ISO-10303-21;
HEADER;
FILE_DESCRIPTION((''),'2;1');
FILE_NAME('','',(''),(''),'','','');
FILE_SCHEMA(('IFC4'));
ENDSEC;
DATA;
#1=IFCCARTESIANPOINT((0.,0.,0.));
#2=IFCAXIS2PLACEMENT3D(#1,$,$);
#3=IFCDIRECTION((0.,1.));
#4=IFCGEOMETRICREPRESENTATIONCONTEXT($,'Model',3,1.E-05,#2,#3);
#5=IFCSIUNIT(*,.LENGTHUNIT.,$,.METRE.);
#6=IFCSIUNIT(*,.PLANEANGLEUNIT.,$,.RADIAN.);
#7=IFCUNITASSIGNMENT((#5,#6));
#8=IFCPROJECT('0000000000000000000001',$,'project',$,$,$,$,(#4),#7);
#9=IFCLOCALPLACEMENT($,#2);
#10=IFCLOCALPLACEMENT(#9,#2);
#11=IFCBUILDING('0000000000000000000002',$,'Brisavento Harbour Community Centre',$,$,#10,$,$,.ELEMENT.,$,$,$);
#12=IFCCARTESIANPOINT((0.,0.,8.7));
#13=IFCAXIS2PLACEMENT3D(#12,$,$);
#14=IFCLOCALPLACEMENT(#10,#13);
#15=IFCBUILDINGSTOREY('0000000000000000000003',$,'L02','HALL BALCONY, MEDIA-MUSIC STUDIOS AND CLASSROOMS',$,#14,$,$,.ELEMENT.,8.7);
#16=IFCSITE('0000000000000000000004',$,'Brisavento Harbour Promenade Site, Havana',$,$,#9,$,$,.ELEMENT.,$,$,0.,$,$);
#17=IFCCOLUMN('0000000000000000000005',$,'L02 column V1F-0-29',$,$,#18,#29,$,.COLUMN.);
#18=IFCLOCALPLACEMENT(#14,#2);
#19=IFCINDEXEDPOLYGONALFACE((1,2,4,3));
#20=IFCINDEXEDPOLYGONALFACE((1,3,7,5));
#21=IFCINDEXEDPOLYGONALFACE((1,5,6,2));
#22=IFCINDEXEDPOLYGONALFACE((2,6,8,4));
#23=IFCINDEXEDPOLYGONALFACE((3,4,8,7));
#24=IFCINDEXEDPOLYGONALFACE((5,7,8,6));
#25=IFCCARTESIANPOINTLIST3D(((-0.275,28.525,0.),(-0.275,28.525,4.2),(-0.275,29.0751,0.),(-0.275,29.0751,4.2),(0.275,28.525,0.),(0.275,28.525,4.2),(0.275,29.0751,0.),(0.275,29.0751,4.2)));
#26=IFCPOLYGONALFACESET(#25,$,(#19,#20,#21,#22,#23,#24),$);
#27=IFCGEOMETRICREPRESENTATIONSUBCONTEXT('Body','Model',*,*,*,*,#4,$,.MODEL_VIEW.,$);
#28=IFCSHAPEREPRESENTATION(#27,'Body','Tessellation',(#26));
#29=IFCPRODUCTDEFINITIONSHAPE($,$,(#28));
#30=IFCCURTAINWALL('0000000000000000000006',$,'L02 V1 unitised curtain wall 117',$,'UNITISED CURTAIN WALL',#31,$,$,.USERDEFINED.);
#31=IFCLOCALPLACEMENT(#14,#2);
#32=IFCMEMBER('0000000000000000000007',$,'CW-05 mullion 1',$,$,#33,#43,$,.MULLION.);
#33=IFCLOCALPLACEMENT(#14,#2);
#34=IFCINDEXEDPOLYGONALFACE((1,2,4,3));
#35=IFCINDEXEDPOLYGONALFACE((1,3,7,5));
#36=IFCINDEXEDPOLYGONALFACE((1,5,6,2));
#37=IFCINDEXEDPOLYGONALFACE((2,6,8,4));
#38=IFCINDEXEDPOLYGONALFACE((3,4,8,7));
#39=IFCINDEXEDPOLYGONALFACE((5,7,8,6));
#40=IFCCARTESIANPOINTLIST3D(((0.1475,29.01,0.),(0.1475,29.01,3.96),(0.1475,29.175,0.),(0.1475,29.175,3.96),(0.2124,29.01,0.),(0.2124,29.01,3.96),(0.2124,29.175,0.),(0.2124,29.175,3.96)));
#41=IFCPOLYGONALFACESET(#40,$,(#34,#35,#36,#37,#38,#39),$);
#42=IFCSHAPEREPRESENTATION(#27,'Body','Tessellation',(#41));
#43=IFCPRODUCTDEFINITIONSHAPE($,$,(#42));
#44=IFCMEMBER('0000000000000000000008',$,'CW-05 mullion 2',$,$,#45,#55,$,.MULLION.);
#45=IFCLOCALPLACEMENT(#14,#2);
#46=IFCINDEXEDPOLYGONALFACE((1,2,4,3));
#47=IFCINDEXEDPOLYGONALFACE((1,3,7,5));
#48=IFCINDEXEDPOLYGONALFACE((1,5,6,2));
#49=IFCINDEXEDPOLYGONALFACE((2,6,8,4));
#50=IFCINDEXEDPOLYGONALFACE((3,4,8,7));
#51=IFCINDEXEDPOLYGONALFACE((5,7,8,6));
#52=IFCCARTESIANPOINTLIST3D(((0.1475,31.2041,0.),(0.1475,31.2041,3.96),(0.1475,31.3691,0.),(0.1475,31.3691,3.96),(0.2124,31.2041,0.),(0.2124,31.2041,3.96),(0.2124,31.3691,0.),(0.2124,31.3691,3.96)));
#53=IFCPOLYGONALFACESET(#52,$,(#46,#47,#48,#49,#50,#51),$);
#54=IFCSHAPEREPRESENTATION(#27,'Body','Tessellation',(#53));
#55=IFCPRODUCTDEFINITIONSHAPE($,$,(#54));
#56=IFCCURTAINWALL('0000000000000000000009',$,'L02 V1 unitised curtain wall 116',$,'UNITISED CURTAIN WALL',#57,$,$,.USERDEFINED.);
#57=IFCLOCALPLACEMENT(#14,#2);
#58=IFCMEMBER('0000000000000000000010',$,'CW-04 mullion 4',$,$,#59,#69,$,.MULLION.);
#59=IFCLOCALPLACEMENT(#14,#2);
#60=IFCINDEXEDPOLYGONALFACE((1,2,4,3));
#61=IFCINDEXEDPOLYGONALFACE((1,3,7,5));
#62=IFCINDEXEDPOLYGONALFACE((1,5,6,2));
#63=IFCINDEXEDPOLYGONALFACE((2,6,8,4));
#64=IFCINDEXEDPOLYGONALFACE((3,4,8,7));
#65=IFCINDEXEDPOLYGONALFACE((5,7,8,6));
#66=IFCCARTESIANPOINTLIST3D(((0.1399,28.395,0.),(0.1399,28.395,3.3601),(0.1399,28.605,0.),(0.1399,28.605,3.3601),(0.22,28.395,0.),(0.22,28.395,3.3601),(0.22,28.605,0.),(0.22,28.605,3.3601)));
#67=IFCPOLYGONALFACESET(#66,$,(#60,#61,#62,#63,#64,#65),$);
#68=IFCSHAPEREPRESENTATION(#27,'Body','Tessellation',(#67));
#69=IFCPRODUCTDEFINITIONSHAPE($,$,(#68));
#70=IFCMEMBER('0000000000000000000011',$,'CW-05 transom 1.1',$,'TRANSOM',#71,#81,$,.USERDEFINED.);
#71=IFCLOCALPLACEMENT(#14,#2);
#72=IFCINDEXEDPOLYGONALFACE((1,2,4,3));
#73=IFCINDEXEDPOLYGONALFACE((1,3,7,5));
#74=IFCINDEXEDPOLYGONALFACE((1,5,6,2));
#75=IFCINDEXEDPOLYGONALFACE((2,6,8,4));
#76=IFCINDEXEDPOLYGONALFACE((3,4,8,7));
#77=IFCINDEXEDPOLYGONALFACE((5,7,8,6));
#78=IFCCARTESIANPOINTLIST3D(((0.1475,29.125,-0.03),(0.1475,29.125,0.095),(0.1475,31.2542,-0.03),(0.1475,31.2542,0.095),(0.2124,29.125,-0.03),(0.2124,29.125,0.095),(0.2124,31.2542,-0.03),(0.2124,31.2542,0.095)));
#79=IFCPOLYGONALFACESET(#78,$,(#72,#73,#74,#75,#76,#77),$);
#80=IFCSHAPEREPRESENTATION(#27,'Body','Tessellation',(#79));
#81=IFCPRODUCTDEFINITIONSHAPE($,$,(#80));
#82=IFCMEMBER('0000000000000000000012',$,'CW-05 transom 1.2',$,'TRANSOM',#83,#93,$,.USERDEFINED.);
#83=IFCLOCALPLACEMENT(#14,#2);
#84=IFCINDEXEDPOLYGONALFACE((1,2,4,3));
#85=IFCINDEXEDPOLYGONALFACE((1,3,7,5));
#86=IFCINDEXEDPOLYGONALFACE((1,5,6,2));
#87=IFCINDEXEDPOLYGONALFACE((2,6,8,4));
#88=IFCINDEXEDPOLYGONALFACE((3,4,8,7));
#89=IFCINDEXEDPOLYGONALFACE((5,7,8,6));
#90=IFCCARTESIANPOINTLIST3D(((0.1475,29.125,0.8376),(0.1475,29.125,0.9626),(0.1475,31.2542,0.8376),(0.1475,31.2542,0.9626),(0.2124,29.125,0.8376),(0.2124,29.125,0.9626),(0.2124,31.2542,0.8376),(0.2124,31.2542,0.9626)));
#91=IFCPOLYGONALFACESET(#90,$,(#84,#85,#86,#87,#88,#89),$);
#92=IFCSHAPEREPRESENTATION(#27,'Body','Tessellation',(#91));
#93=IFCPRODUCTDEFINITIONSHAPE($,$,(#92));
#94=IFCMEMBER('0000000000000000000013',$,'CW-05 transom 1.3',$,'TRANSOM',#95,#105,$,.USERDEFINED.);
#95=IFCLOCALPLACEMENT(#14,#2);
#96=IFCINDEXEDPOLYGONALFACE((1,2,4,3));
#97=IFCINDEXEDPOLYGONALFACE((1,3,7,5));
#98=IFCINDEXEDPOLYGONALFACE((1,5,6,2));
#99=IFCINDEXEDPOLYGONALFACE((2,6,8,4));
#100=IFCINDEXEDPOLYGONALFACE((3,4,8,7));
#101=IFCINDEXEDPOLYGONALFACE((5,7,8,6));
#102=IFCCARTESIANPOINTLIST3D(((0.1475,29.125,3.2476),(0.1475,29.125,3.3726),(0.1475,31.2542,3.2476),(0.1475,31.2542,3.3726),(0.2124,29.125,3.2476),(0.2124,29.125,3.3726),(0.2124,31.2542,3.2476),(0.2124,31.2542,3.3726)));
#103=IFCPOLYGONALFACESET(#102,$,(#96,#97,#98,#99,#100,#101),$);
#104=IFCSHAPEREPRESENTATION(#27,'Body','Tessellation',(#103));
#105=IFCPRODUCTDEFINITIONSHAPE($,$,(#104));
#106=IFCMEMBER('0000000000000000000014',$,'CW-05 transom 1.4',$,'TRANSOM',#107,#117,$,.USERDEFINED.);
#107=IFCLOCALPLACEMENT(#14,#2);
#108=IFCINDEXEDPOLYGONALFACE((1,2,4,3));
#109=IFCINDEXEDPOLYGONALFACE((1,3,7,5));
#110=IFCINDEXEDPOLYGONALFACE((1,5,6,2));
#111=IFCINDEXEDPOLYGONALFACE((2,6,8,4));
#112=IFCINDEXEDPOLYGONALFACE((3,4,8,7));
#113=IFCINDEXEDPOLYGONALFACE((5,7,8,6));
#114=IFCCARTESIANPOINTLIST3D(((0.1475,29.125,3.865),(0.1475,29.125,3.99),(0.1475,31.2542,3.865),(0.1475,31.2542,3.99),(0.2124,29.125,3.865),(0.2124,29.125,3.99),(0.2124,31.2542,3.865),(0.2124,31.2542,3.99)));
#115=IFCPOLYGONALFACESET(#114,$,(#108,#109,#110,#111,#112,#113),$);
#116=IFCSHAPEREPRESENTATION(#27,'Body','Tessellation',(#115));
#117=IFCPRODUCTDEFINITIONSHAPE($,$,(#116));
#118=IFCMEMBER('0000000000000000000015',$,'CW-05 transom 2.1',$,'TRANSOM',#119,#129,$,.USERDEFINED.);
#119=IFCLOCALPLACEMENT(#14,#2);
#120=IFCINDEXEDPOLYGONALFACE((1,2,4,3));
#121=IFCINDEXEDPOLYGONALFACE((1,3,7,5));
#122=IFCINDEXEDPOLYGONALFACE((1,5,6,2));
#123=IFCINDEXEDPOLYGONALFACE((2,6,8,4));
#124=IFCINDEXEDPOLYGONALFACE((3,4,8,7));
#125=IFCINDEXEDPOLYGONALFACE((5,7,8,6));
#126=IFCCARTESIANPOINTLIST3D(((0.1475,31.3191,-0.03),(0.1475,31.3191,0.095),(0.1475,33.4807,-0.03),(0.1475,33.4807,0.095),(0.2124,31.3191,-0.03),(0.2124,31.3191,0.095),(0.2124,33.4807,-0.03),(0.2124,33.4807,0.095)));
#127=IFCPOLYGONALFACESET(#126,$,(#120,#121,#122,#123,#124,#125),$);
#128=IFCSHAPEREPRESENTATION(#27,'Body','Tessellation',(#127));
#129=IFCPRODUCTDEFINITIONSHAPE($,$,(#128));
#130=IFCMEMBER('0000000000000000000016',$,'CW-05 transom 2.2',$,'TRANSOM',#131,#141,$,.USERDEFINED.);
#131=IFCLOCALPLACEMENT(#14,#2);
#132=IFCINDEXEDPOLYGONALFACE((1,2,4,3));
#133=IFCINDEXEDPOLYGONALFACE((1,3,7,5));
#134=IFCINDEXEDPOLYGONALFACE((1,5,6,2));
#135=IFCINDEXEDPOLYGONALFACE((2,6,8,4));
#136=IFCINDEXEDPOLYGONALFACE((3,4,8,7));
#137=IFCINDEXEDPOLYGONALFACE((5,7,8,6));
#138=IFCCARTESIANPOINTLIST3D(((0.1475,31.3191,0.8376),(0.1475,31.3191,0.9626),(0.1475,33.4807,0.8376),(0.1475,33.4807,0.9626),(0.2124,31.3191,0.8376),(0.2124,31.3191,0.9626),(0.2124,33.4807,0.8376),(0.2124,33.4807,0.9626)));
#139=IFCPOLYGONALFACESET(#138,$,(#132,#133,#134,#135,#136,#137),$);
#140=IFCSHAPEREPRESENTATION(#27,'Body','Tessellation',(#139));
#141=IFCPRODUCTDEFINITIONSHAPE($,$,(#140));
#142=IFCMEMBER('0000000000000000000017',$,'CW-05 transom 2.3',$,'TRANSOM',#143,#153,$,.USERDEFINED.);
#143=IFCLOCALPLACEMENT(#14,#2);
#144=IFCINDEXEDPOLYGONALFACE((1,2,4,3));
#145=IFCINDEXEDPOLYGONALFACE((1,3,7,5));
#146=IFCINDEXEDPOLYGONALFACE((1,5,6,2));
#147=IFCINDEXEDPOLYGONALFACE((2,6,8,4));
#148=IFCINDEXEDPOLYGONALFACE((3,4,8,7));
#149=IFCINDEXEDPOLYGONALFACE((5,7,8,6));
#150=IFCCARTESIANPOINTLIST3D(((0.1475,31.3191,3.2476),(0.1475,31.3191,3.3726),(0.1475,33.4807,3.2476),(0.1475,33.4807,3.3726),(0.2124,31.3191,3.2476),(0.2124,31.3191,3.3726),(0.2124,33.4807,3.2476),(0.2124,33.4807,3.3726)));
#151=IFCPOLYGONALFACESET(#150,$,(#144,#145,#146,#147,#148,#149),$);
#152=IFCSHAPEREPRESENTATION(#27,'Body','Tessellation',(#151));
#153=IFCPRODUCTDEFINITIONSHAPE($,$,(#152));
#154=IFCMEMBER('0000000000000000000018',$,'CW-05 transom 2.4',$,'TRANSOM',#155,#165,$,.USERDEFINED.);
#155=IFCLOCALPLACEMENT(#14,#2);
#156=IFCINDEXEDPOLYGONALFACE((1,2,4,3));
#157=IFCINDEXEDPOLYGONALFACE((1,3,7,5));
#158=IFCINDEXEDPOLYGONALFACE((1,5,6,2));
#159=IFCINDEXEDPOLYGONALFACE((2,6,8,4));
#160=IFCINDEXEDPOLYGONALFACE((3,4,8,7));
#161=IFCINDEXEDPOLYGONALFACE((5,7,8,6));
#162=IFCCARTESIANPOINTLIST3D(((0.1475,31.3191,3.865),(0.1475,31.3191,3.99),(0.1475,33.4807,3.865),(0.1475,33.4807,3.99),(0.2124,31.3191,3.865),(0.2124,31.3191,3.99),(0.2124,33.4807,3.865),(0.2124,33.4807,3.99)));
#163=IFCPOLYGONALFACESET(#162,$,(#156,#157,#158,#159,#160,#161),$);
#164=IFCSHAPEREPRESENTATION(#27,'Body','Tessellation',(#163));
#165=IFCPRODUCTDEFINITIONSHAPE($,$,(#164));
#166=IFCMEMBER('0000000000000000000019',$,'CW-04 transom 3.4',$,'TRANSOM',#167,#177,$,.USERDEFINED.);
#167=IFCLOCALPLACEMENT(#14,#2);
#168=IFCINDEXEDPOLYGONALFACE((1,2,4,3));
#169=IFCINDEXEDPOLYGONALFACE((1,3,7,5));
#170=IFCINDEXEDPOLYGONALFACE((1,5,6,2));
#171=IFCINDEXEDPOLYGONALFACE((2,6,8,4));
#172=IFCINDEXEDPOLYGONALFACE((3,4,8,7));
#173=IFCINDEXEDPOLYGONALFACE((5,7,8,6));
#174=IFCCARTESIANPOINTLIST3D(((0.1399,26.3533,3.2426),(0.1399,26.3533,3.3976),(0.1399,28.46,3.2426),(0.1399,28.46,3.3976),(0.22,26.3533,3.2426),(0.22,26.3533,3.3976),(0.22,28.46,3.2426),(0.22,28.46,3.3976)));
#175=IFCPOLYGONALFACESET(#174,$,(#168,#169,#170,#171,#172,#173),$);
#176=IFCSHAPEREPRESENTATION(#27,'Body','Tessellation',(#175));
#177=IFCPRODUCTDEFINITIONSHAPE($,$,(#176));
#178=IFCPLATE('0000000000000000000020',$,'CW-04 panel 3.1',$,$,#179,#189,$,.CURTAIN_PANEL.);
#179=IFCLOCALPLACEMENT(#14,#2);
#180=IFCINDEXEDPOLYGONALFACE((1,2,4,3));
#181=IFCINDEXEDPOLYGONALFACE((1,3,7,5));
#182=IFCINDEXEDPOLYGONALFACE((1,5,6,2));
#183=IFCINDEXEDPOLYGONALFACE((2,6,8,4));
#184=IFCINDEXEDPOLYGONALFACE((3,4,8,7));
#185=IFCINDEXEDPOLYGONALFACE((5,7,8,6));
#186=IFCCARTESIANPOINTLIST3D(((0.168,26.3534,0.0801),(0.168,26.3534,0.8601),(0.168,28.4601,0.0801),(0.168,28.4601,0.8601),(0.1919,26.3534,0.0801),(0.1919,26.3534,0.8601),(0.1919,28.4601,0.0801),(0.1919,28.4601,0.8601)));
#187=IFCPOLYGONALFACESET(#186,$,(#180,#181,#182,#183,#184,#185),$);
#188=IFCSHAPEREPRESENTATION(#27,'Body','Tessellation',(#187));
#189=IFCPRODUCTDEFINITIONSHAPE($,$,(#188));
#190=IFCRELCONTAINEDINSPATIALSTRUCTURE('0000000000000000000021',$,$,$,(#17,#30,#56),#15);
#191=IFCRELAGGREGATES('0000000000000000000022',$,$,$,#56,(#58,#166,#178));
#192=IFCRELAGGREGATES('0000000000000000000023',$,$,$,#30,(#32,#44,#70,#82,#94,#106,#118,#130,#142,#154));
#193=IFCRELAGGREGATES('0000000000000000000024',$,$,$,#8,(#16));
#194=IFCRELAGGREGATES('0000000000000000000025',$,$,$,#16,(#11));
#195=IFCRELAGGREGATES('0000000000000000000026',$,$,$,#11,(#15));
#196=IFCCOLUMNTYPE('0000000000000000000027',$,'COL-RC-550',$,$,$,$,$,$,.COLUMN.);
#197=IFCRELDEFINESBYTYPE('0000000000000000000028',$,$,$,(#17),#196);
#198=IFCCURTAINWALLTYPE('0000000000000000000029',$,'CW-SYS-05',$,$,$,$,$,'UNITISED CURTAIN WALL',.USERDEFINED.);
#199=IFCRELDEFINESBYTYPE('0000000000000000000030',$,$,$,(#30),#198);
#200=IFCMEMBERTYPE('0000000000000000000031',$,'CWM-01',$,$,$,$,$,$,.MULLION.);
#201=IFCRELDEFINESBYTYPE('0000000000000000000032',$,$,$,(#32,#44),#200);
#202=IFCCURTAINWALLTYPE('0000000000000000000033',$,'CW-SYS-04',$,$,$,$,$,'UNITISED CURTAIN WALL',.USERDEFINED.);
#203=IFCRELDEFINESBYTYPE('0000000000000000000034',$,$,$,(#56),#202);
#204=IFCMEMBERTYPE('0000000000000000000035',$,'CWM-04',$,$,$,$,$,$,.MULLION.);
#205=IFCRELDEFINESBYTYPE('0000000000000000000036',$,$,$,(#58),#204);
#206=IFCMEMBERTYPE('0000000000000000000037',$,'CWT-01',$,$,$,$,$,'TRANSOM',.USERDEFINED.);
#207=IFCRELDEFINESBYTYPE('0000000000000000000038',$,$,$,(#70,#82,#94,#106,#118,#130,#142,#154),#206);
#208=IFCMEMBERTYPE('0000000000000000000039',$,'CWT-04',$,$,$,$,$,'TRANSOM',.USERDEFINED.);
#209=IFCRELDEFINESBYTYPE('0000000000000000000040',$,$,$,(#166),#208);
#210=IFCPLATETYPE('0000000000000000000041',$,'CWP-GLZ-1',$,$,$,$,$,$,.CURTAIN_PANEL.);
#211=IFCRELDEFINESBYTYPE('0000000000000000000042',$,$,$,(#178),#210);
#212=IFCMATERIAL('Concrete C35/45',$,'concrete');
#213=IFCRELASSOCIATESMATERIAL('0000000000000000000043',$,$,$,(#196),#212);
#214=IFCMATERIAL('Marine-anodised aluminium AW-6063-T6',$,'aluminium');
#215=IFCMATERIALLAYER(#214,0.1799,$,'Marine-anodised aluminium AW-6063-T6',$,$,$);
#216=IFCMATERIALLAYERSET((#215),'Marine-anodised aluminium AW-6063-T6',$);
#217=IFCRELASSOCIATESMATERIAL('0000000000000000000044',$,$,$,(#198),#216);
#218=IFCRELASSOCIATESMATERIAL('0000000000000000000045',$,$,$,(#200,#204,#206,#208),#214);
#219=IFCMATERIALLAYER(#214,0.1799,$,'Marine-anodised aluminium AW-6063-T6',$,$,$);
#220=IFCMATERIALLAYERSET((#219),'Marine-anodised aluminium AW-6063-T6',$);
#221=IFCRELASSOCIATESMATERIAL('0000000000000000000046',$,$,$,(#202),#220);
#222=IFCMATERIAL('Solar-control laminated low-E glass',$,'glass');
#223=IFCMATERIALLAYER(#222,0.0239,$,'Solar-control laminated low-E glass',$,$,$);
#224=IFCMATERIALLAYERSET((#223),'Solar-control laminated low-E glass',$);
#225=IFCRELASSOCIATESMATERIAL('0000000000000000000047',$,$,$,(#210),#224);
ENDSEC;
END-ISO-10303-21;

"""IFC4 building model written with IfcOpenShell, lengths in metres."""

from ifc_helpers import new_model, si_unit, direction, frame, origin, origin_2d, place, context, subcontext, project, spatial, rectangle, extrude, material, layer, layer_set, material_profile, profile_set, type_object, element, aggregate, save


model = new_model("IFC4")

# Units and contexts
model_context = context("Model", 3, precision=1e-05, world=origin(), true_north=direction((0.0, 1.0)))
body_context = subcontext(model_context, "Body", "Model", "MODEL_VIEW")
ifc_project = project(units=[si_unit("LENGTHUNIT", "METRE"), si_unit("PLANEANGLEUNIT", "RADIAN")], contexts=[model_context])

# Site, building, storey
site_placement = place(None, origin())
site = spatial("IfcSite", under=ifc_project, at=site_placement, Name="Brisavento Harbour Promenade Site, Havana", CompositionType="ELEMENT", RefElevation=0.0)
building_placement = place(site_placement, origin())
building = spatial("IfcBuilding", under=site, at=building_placement, Name="Brisavento Harbour Community Centre", CompositionType="ELEMENT")
storey_placement = place(building_placement, frame((0.0, 0.0, 8.7)))
storey = spatial("IfcBuildingStorey", under=building, at=storey_placement, Name="L02", Description="HALL BALCONY, MEDIA-MUSIC STUDIOS AND CLASSROOMS", CompositionType="ELEMENT", Elevation=8.7)

# Column
ifc_material_1 = material(Name="Concrete C35/45", Category="concrete")
ifc_material_profile_1 = material_profile(ifc_material_1, rectangle(XDim=0.55, YDim=0.55, at=origin_2d()), Name="Concrete C35/45")
ifc_profile_set_1 = profile_set([ifc_material_profile_1], Name="Concrete C35/45")
column_type = type_object("IfcColumnType", Name="COL-RC-550", PredefinedType="COLUMN", material=ifc_profile_set_1)
column_placement = place(storey_placement, frame((0.0, 28.8, 0.0), z_axis=(0.0, 0.0, 1.0), x_axis=(1.0, 0.0, 0.0)))
element("IfcColumn", 1, at=column_placement, inside=storey, type_object=column_type, Name="L02 column V1F-0-29", PredefinedType="COLUMN", context=body_context, shape_type="SweptSolid", body=[
    extrude(rectangle(XDim=0.55, YDim=0.55, at=origin_2d()), origin(), (0.0, 0.0, 1.0), 4.2),
])

# Curtain wall, members
ifc_material_2 = material(Name="Marine-anodised aluminium AW-6063-T6", Category="aluminium")
ifc_layer_1 = layer(ifc_material_2, 0.1799, Name="Marine-anodised aluminium AW-6063-T6")
ifc_layer_set_1 = layer_set([ifc_layer_1], Name="Marine-anodised aluminium AW-6063-T6")
curtain_wall_type_1 = type_object("IfcCurtainWallType", Name="CW-SYS-05", ElementType="UNITISED CURTAIN WALL", PredefinedType="USERDEFINED", material=ifc_layer_set_1)
curtain_wall_1_placement = place(storey_placement, origin())
curtain_wall_1 = element("IfcCurtainWall", 2, at=curtain_wall_1_placement, inside=storey, type_object=curtain_wall_type_1, Name="L02 V1 unitised curtain wall 117", ObjectType="UNITISED CURTAIN WALL", PredefinedType="USERDEFINED")
ifc_material_profile_2 = material_profile(ifc_material_2, rectangle(XDim=0.0649, YDim=0.165, at=origin_2d()), Name="Marine-anodised aluminium AW-6063-T6")
ifc_profile_set_2 = profile_set([ifc_material_profile_2], Name="Marine-anodised aluminium AW-6063-T6")
member_type_1 = type_object("IfcMemberType", Name="CWM-01", PredefinedType="MULLION", material=ifc_profile_set_2)
member_1_placement = place(storey_placement, frame((0.1799, 29.0925, 0.0), z_axis=(0.0, 0.0, 1.0), x_axis=(-1.0, 0.0, 0.0)))
member_1 = element("IfcMember", 3, at=member_1_placement, type_object=member_type_1, Name="CW-05 mullion 1", PredefinedType="MULLION", context=body_context, shape_type="SweptSolid", body=[
    extrude(rectangle(XDim=0.0649, YDim=0.165, at=origin_2d()), origin(), (0.0, 0.0, 1.0), 3.96),
])
member_2_placement = place(storey_placement, frame((0.1799, 31.2866, 0.0), z_axis=(0.0, 0.0, 1.0), x_axis=(-1.0, 0.0, 0.0)))
member_2 = element("IfcMember", 4, at=member_2_placement, type_object=member_type_1, Name="CW-05 mullion 2", PredefinedType="MULLION", context=body_context, shape_type="SweptSolid", body=[
    extrude(rectangle(XDim=0.0649, YDim=0.165, at=origin_2d()), origin(), (0.0, 0.0, 1.0), 3.96),
])

# Curtain wall, member
ifc_layer_2 = layer(ifc_material_2, 0.1799, Name="Marine-anodised aluminium AW-6063-T6")
ifc_layer_set_2 = layer_set([ifc_layer_2], Name="Marine-anodised aluminium AW-6063-T6")
curtain_wall_type_2 = type_object("IfcCurtainWallType", Name="CW-SYS-04", ElementType="UNITISED CURTAIN WALL", PredefinedType="USERDEFINED", material=ifc_layer_set_2)
curtain_wall_2_placement = place(storey_placement, origin())
curtain_wall_2 = element("IfcCurtainWall", 5, at=curtain_wall_2_placement, inside=storey, type_object=curtain_wall_type_2, Name="L02 V1 unitised curtain wall 116", ObjectType="UNITISED CURTAIN WALL", PredefinedType="USERDEFINED")
ifc_material_profile_3 = material_profile(ifc_material_2, rectangle(XDim=0.0801, YDim=0.21, at=origin_2d()), Name="Marine-anodised aluminium AW-6063-T6")
ifc_profile_set_3 = profile_set([ifc_material_profile_3], Name="Marine-anodised aluminium AW-6063-T6")
member_type_2 = type_object("IfcMemberType", Name="CWM-04", PredefinedType="MULLION", material=ifc_profile_set_3)
member_3_placement = place(storey_placement, frame((0.1799, 28.5, 0.0), z_axis=(0.0, 0.0, 1.0), x_axis=(-1.0, 0.0, 0.0)))
member_3 = element("IfcMember", 6, at=member_3_placement, type_object=member_type_2, Name="CW-04 mullion 4", PredefinedType="MULLION", context=body_context, shape_type="SweptSolid", body=[
    extrude(rectangle(XDim=0.0801, YDim=0.21, at=origin_2d()), origin(), (0.0, 0.0, 1.0), 3.3601),
])

# Members
ifc_material_profile_4 = material_profile(ifc_material_2, rectangle(XDim=0.0649, YDim=0.125, at=origin_2d()), Name="Marine-anodised aluminium AW-6063-T6")
ifc_profile_set_4 = profile_set([ifc_material_profile_4], Name="Marine-anodised aluminium AW-6063-T6")
member_type_3 = type_object("IfcMemberType", Name="CWT-01", ElementType="TRANSOM", PredefinedType="USERDEFINED", material=ifc_profile_set_4)
member_4_placement = place(storey_placement, frame((0.1799, 29.125, 0.0325), z_axis=(0.0, 1.0, 0.0), x_axis=(-1.0, 0.0, 0.0)))
member_4 = element("IfcMember", 7, at=member_4_placement, type_object=member_type_3, Name="CW-05 transom 1.1", ObjectType="TRANSOM", PredefinedType="USERDEFINED", context=body_context, shape_type="SweptSolid", body=[
    extrude(rectangle(XDim=0.0649, YDim=0.125, at=origin_2d()), origin(), (0.0, 0.0, 1.0), 2.1292),
])
member_5_placement = place(storey_placement, frame((0.1799, 29.125, 0.9001), z_axis=(0.0, 1.0, 0.0), x_axis=(-1.0, 0.0, 0.0)))
member_5 = element("IfcMember", 8, at=member_5_placement, type_object=member_type_3, Name="CW-05 transom 1.2", ObjectType="TRANSOM", PredefinedType="USERDEFINED", context=body_context, shape_type="SweptSolid", body=[
    extrude(rectangle(XDim=0.0649, YDim=0.125, at=origin_2d()), origin(), (0.0, 0.0, 1.0), 2.1292),
])
member_6_placement = place(storey_placement, frame((0.1799, 29.125, 3.3101), z_axis=(0.0, 1.0, 0.0), x_axis=(-1.0, 0.0, 0.0)))
member_6 = element("IfcMember", 9, at=member_6_placement, type_object=member_type_3, Name="CW-05 transom 1.3", ObjectType="TRANSOM", PredefinedType="USERDEFINED", context=body_context, shape_type="SweptSolid", body=[
    extrude(rectangle(XDim=0.0649, YDim=0.125, at=origin_2d()), origin(), (0.0, 0.0, 1.0), 2.1292),
])
member_7_placement = place(storey_placement, frame((0.1799, 29.125, 3.9275), z_axis=(0.0, 1.0, 0.0), x_axis=(-1.0, 0.0, 0.0)))
member_7 = element("IfcMember", 10, at=member_7_placement, type_object=member_type_3, Name="CW-05 transom 1.4", ObjectType="TRANSOM", PredefinedType="USERDEFINED", context=body_context, shape_type="SweptSolid", body=[
    extrude(rectangle(XDim=0.0649, YDim=0.125, at=origin_2d()), origin(), (0.0, 0.0, 1.0), 2.1292),
])
member_8_placement = place(storey_placement, frame((0.1799, 31.3191, 0.0325), z_axis=(0.0, 1.0, 0.0), x_axis=(-1.0, 0.0, 0.0)))
member_8 = element("IfcMember", 11, at=member_8_placement, type_object=member_type_3, Name="CW-05 transom 2.1", ObjectType="TRANSOM", PredefinedType="USERDEFINED", context=body_context, shape_type="SweptSolid", body=[
    extrude(rectangle(XDim=0.0649, YDim=0.125, at=origin_2d()), origin(), (0.0, 0.0, 1.0), 2.1616),
])
member_9_placement = place(storey_placement, frame((0.1799, 31.3191, 0.9001), z_axis=(0.0, 1.0, 0.0), x_axis=(-1.0, 0.0, 0.0)))
member_9 = element("IfcMember", 12, at=member_9_placement, type_object=member_type_3, Name="CW-05 transom 2.2", ObjectType="TRANSOM", PredefinedType="USERDEFINED", context=body_context, shape_type="SweptSolid", body=[
    extrude(rectangle(XDim=0.0649, YDim=0.125, at=origin_2d()), origin(), (0.0, 0.0, 1.0), 2.1616),
])
member_10_placement = place(storey_placement, frame((0.1799, 31.3191, 3.3101), z_axis=(0.0, 1.0, 0.0), x_axis=(-1.0, 0.0, 0.0)))
member_10 = element("IfcMember", 13, at=member_10_placement, type_object=member_type_3, Name="CW-05 transom 2.3", ObjectType="TRANSOM", PredefinedType="USERDEFINED", context=body_context, shape_type="SweptSolid", body=[
    extrude(rectangle(XDim=0.0649, YDim=0.125, at=origin_2d()), origin(), (0.0, 0.0, 1.0), 2.1616),
])
member_11_placement = place(storey_placement, frame((0.1799, 31.3191, 3.9275), z_axis=(0.0, 1.0, 0.0), x_axis=(-1.0, 0.0, 0.0)))
member_11 = element("IfcMember", 14, at=member_11_placement, type_object=member_type_3, Name="CW-05 transom 2.4", ObjectType="TRANSOM", PredefinedType="USERDEFINED", context=body_context, shape_type="SweptSolid", body=[
    extrude(rectangle(XDim=0.0649, YDim=0.125, at=origin_2d()), origin(), (0.0, 0.0, 1.0), 2.1616),
])
ifc_material_profile_5 = material_profile(ifc_material_2, rectangle(XDim=0.0801, YDim=0.155, at=origin_2d()), Name="Marine-anodised aluminium AW-6063-T6")
ifc_profile_set_5 = profile_set([ifc_material_profile_5], Name="Marine-anodised aluminium AW-6063-T6")
member_type_4 = type_object("IfcMemberType", Name="CWT-04", ElementType="TRANSOM", PredefinedType="USERDEFINED", material=ifc_profile_set_5)
member_12_placement = place(storey_placement, frame((0.1799, 26.3533, 3.3201), z_axis=(0.0, 1.0, 0.0), x_axis=(-1.0, 0.0, 0.0)))
member_12 = element("IfcMember", 15, at=member_12_placement, type_object=member_type_4, Name="CW-04 transom 3.4", ObjectType="TRANSOM", PredefinedType="USERDEFINED", context=body_context, shape_type="SweptSolid", body=[
    extrude(rectangle(XDim=0.0801, YDim=0.155, at=origin_2d()), origin(), (0.0, 0.0, 1.0), 2.1067),
])

# Plate
ifc_material_3 = material(Name="Solar-control laminated low-E glass", Category="glass")
ifc_layer_3 = layer(ifc_material_3, 0.0239, Name="Solar-control laminated low-E glass")
ifc_layer_set_3 = layer_set([ifc_layer_3], Name="Solar-control laminated low-E glass")
plate_type_1 = type_object("IfcPlateType", Name="CWP-GLZ-1", PredefinedType="CURTAIN_PANEL", material=ifc_layer_set_3)
plate_1_placement = place(storey_placement, frame((0.1799, 27.4067, 0.0801), z_axis=(0.0, 0.0, 1.0), x_axis=(0.0, 1.0, 0.0)))
plate_1 = element("IfcPlate", 16, at=plate_1_placement, type_object=plate_type_1, Name="CW-04 panel 3.1", PredefinedType="CURTAIN_PANEL", context=body_context, shape_type="SweptSolid", body=[
    extrude(rectangle(XDim=2.1067, YDim=0.0239, at=origin_2d()), origin(), (0.0, 0.0, 1.0), 0.78),
])
aggregate(curtain_wall_2, [member_3, member_12, plate_1])
aggregate(curtain_wall_1, [member_1, member_2, member_4, member_5, member_6, member_7, member_8, member_9, member_10, member_11])

save(model, "model.ifc")
